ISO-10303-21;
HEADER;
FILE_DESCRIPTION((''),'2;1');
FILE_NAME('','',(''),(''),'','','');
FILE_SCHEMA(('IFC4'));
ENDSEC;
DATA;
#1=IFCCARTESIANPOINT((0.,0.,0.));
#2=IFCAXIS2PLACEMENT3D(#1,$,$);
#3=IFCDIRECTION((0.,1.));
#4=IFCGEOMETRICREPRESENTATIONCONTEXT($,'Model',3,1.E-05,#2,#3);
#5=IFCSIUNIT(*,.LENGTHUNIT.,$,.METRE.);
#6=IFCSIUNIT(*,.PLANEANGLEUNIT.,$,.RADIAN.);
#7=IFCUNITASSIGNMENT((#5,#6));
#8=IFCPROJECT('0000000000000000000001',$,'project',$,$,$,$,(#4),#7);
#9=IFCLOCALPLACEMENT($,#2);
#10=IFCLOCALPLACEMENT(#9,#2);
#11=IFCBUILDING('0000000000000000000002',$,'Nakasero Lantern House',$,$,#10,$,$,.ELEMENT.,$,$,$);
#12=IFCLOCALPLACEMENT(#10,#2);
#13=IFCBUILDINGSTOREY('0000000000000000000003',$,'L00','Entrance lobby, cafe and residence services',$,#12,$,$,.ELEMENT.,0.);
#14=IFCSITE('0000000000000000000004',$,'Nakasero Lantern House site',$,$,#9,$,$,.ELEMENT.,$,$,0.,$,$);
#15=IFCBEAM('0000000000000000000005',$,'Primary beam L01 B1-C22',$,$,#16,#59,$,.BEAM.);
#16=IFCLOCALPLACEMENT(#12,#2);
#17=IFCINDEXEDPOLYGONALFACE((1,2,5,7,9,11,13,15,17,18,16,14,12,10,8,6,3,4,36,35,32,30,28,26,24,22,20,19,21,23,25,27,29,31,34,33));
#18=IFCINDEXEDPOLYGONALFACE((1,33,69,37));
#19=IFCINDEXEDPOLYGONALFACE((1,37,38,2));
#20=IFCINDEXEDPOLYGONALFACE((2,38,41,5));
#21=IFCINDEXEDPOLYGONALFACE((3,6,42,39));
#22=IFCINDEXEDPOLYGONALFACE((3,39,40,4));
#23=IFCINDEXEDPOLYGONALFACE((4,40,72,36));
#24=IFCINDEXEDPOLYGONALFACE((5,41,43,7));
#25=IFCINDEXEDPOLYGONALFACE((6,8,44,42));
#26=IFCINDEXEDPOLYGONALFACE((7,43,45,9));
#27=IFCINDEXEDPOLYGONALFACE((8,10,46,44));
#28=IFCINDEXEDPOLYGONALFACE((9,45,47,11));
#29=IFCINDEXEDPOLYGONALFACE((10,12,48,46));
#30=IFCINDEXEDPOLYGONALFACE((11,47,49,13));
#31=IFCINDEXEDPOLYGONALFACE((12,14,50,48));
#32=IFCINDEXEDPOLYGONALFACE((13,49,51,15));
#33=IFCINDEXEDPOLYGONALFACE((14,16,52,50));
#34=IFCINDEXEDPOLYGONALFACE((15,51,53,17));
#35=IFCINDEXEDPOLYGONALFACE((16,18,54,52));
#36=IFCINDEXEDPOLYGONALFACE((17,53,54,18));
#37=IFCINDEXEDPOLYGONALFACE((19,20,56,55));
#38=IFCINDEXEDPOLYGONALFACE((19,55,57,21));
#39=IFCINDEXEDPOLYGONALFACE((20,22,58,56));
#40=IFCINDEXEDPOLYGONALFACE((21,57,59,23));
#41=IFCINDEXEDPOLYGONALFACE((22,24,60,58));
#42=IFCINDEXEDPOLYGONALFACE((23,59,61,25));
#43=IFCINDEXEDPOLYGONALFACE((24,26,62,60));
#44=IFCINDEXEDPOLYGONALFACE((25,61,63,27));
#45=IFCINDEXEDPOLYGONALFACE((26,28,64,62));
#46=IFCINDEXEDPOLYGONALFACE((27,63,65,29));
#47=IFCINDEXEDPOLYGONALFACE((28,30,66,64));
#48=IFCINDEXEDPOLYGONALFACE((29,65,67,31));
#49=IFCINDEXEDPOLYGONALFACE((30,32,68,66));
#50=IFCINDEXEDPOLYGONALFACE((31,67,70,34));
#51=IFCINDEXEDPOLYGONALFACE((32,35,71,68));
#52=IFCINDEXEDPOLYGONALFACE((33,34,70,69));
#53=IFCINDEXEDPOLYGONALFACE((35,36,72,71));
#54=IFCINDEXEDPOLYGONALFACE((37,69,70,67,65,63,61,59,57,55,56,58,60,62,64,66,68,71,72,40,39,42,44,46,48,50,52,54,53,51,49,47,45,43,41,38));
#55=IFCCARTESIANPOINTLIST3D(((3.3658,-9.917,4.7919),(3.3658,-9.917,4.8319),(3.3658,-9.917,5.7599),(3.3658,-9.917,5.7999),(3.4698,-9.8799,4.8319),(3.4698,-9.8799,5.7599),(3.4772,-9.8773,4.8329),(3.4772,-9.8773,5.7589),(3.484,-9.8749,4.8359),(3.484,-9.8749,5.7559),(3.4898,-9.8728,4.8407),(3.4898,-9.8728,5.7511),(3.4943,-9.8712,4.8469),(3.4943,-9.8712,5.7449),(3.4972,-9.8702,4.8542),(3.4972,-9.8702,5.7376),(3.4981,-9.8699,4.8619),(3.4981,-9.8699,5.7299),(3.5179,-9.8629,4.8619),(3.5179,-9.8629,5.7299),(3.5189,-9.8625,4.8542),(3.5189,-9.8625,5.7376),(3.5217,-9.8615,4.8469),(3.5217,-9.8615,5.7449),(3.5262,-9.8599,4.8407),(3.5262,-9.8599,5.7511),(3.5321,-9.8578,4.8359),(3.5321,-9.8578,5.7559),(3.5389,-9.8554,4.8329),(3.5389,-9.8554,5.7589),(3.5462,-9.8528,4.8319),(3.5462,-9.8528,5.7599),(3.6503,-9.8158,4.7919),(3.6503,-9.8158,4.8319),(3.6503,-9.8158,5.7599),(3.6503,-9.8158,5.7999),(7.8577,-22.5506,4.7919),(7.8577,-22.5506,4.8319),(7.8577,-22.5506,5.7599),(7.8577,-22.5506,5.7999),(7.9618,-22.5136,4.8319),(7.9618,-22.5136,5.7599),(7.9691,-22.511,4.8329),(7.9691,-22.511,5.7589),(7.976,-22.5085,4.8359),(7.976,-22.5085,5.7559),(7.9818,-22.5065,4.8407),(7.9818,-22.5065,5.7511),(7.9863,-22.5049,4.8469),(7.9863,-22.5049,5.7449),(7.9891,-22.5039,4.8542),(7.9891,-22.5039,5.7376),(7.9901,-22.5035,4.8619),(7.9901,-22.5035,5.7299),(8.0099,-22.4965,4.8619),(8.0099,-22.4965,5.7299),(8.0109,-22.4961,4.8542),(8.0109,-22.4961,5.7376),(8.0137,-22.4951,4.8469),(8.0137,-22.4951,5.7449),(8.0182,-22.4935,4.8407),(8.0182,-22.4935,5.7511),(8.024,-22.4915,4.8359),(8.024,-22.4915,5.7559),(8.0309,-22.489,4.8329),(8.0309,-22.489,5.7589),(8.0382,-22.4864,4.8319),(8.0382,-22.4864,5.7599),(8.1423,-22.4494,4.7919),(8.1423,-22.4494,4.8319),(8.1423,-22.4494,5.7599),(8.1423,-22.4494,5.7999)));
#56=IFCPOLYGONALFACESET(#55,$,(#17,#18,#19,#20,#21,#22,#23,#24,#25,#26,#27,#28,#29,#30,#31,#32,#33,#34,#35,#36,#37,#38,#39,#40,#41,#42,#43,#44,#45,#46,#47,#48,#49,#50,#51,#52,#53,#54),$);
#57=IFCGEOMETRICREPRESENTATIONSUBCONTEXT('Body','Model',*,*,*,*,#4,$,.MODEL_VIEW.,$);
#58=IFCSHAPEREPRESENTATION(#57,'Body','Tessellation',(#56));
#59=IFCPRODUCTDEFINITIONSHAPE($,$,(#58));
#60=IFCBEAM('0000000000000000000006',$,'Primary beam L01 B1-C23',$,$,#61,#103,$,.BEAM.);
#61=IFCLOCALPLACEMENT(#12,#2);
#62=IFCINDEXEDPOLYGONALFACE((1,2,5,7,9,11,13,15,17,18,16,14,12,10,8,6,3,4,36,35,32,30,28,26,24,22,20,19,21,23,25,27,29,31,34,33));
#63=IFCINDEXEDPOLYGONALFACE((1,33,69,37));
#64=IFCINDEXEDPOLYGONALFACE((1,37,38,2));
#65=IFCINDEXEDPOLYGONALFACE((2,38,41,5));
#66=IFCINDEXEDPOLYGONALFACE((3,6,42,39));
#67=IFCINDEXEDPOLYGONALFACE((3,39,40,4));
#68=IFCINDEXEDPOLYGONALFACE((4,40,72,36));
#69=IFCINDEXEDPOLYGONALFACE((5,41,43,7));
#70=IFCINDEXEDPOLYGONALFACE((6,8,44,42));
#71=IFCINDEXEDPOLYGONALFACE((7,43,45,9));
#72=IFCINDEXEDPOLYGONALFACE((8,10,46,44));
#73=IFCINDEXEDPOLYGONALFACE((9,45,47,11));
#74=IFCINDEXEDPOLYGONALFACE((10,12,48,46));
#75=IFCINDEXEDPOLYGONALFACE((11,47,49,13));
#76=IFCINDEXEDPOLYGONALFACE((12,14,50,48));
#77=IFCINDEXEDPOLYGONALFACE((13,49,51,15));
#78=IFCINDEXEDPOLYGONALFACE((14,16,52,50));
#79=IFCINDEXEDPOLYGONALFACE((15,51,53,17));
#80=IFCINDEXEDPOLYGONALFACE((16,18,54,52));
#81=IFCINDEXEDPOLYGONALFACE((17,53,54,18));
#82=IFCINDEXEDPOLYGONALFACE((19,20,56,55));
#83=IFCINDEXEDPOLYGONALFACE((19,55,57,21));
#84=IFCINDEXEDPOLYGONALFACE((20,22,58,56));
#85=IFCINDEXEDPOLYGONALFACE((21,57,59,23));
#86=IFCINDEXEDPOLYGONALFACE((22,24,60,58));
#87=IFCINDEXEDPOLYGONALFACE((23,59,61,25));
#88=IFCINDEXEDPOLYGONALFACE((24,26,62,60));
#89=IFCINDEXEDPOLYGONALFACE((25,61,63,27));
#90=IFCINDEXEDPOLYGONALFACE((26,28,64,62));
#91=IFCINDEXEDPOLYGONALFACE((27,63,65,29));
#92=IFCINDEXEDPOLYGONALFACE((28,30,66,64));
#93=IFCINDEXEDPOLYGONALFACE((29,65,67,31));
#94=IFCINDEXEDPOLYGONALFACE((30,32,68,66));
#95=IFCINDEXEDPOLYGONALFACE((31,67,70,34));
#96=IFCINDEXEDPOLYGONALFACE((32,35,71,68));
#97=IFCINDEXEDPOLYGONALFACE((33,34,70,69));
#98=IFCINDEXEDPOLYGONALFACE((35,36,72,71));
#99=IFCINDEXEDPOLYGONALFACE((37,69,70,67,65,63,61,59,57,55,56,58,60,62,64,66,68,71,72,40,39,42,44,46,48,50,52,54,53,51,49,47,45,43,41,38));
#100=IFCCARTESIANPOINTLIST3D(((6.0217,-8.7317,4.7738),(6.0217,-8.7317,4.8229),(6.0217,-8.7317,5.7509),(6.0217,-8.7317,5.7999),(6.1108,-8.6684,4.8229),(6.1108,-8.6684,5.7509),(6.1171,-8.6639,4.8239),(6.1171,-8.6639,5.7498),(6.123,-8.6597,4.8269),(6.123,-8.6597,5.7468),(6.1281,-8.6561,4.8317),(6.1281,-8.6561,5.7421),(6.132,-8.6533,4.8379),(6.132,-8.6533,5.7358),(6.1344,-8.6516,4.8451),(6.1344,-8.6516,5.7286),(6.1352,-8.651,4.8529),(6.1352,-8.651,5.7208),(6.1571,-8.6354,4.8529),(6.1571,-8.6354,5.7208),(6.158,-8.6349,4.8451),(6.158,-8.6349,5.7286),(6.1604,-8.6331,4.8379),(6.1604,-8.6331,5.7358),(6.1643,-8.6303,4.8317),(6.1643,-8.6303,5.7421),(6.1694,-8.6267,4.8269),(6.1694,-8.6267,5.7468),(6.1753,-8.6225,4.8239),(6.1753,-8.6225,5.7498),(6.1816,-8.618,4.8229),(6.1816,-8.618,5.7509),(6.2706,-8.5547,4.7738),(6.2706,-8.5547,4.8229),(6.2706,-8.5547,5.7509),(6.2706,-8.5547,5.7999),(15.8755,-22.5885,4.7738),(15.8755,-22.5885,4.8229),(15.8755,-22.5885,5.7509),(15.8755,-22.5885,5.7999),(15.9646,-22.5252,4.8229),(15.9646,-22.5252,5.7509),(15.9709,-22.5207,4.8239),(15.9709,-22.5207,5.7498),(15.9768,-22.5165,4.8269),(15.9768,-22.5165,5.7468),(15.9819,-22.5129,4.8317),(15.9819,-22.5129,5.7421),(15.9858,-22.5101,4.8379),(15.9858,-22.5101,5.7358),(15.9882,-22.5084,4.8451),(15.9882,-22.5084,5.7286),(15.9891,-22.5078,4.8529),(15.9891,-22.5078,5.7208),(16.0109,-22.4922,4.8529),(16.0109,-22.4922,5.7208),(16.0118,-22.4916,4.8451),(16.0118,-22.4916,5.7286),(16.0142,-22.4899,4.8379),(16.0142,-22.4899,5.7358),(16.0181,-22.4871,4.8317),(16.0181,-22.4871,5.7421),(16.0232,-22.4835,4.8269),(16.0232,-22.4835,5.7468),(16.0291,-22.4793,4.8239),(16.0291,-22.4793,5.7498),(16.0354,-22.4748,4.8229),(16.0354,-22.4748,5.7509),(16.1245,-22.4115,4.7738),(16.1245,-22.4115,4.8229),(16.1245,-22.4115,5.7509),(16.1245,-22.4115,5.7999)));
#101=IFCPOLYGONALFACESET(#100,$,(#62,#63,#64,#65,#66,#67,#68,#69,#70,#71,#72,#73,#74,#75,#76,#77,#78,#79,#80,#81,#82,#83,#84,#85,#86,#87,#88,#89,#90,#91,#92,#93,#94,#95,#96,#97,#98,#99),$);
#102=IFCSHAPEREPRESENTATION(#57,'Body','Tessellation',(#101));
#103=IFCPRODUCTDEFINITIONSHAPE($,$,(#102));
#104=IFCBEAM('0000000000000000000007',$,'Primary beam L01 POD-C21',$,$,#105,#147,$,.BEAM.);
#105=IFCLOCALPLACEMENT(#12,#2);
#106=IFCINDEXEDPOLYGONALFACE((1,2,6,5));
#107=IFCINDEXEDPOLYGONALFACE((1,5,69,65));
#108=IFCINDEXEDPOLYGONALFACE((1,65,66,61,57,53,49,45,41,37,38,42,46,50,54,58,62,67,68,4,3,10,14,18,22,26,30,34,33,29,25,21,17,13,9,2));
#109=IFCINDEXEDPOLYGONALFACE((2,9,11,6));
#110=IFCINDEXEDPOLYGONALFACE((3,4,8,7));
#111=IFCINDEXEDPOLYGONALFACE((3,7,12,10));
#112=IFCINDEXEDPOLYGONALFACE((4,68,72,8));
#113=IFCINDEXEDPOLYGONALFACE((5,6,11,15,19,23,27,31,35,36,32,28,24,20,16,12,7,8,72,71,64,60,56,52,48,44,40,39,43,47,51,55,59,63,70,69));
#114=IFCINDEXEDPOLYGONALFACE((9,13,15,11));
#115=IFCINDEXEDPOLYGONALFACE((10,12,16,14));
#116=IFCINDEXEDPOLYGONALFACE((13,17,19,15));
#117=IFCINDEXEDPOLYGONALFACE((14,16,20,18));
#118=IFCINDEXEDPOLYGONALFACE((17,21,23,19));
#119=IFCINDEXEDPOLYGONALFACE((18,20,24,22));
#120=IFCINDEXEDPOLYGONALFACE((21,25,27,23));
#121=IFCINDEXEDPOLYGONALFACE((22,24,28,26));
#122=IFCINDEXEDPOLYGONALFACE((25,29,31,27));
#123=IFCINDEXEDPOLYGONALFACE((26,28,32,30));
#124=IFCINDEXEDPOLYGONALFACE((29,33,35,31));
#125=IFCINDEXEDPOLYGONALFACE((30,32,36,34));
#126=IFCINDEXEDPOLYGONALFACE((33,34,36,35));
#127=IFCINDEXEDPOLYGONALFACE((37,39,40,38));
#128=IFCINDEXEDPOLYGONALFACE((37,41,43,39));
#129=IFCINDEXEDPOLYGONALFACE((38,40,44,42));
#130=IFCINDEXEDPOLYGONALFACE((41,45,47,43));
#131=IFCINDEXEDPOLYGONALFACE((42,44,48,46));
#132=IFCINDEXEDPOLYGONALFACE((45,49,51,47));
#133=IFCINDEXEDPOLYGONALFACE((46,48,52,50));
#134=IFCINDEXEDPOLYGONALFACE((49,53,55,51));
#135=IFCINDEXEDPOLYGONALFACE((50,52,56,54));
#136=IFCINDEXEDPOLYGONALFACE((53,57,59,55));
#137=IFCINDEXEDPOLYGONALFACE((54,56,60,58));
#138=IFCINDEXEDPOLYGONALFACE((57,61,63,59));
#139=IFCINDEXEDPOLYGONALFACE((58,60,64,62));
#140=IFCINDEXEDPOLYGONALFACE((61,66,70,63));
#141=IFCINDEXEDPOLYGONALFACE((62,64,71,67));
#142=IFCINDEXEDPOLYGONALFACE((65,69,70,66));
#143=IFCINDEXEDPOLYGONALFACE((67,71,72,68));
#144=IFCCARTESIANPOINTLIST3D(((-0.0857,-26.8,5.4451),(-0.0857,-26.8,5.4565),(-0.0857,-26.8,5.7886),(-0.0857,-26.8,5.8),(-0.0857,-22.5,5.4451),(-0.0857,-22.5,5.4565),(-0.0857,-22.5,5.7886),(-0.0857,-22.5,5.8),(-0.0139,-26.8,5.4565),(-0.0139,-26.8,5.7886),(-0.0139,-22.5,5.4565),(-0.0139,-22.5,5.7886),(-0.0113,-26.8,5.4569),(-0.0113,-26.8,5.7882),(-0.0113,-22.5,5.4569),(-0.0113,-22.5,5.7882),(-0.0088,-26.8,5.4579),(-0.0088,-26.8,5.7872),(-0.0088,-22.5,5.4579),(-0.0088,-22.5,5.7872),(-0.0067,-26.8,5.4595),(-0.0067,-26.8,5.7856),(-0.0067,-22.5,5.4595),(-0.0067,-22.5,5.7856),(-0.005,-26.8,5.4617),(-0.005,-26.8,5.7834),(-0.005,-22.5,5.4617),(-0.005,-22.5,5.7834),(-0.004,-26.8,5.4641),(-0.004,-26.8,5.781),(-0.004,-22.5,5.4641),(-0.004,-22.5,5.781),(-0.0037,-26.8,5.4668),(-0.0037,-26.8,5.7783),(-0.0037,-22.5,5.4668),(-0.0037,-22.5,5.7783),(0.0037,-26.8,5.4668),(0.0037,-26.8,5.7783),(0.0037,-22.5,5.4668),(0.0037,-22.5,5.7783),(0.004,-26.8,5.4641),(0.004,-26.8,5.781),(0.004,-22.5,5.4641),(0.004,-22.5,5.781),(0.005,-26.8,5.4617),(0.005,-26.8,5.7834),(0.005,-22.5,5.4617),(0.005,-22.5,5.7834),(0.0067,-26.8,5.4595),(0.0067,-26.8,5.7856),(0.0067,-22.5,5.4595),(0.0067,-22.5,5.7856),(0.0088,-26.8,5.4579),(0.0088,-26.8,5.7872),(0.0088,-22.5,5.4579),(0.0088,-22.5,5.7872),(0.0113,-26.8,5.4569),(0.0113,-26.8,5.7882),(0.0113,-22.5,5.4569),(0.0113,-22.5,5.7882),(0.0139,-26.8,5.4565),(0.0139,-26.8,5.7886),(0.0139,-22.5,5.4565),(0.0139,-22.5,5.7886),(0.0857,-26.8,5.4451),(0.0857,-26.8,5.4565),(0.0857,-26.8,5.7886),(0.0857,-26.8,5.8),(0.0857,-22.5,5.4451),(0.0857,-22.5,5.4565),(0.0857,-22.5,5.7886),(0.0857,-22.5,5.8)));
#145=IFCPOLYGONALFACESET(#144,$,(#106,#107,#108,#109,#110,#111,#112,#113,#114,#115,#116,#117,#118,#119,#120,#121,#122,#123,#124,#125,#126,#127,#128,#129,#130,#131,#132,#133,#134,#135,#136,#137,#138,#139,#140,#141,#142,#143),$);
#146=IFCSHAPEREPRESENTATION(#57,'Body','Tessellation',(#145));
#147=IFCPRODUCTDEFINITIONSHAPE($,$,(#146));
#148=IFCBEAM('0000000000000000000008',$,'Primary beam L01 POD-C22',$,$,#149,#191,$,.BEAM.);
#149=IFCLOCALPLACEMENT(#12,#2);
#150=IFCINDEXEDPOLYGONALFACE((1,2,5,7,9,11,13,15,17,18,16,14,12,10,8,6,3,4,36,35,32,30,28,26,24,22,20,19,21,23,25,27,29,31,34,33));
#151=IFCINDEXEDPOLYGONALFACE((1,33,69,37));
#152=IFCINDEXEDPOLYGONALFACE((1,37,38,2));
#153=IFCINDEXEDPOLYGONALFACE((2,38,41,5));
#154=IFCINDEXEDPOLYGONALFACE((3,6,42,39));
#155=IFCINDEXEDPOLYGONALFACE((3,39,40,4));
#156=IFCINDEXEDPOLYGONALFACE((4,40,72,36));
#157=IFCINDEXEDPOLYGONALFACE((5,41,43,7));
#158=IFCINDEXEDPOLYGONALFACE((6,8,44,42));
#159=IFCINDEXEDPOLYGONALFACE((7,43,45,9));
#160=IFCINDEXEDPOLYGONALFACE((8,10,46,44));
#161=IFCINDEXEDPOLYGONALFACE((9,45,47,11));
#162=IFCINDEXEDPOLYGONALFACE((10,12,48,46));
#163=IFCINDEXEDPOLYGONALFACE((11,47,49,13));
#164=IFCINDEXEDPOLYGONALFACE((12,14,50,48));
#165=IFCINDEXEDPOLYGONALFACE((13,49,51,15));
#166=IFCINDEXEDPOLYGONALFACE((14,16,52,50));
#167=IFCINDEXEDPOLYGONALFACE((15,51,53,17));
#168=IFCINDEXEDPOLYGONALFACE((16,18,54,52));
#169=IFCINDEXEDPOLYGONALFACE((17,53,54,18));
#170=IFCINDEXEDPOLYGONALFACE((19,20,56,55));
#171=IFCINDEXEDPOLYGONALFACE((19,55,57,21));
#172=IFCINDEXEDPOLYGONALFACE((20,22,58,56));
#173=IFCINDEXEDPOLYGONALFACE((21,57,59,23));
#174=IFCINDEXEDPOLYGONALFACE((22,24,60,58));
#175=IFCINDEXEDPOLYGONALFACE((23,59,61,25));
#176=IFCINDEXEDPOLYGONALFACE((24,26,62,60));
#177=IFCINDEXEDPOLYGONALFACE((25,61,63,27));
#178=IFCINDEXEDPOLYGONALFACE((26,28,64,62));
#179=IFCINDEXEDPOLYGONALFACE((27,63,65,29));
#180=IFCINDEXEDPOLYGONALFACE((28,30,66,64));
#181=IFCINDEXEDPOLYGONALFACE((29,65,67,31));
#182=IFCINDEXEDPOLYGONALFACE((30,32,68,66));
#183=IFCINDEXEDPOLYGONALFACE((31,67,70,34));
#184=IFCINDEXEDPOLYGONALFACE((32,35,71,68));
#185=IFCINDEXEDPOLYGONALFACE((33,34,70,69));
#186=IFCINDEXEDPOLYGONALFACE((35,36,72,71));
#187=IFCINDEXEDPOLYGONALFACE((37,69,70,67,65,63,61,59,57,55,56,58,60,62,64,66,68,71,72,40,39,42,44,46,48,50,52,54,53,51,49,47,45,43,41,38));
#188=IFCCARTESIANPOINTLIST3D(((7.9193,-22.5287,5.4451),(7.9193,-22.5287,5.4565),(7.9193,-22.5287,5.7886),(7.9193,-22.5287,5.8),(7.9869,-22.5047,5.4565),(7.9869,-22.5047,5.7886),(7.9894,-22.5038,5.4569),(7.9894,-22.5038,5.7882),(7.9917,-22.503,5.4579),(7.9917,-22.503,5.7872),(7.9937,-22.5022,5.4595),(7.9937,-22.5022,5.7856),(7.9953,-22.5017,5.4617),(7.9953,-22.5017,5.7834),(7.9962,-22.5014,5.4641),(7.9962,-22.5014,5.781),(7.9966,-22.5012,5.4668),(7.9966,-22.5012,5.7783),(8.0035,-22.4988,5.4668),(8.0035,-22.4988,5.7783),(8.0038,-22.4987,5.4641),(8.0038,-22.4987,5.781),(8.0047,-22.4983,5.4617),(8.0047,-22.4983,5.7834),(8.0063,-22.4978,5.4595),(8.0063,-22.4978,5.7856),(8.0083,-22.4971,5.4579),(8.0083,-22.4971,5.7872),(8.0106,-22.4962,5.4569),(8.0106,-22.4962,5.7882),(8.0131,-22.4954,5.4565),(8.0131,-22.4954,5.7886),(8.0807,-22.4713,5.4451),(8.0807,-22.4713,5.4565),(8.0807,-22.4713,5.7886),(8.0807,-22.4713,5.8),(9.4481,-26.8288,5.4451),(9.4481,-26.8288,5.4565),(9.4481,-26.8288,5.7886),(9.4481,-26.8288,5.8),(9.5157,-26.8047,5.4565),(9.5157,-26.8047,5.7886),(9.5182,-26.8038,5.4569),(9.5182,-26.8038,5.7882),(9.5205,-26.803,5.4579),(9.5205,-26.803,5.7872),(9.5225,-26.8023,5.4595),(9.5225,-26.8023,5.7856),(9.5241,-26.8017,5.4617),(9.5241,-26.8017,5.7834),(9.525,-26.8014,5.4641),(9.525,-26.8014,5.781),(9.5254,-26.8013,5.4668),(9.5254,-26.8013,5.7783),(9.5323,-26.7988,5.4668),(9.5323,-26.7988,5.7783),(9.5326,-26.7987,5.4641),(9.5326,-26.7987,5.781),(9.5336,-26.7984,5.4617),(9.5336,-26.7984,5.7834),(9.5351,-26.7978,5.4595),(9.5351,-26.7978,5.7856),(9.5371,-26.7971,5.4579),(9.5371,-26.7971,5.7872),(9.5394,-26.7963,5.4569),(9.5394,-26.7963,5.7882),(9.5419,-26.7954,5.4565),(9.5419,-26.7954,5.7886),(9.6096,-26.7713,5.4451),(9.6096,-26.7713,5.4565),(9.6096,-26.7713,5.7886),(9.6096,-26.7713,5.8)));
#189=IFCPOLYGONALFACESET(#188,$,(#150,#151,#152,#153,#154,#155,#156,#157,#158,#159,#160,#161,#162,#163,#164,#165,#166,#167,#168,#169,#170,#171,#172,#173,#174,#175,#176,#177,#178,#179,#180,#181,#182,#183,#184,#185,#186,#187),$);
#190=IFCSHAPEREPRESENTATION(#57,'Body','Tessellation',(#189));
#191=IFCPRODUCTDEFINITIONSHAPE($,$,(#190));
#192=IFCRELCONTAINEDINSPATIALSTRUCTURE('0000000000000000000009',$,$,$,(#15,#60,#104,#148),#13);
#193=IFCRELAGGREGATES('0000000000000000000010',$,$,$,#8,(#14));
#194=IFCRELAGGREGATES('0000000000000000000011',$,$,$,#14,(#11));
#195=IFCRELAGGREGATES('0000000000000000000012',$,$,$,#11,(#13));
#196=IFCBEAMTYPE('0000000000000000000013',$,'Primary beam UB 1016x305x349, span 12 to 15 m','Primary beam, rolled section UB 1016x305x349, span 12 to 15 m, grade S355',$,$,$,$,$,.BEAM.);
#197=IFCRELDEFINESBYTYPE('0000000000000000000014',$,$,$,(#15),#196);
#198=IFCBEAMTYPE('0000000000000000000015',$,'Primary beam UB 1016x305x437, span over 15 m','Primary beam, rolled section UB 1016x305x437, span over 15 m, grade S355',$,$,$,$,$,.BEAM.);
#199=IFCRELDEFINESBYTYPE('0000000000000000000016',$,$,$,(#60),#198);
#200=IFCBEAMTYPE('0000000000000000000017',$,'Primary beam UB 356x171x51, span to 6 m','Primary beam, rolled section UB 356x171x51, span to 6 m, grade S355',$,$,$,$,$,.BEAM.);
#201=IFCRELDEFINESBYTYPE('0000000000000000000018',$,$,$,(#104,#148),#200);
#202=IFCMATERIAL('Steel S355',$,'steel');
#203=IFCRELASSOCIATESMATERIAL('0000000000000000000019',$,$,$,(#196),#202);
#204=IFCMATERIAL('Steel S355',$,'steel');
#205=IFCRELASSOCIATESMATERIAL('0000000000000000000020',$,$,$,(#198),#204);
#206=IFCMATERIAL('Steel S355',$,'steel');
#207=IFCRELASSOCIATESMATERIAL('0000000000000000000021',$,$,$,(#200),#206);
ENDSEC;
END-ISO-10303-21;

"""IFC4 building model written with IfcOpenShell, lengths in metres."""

from ifc_helpers import new_model, si_unit, direction, frame, origin, origin_2d, place, context, subcontext, project, spatial, i_section, extrude, material, material_profile, profile_set, type_object, element, save


model = new_model("IFC4")

# Units and contexts
model_context = context("Model", 3, precision=1e-05, world=origin(), true_north=direction((0.0, 1.0)))
body_context = subcontext(model_context, "Body", "Model", "MODEL_VIEW")
ifc_project = project(units=[si_unit("LENGTHUNIT", "METRE"), si_unit("PLANEANGLEUNIT", "RADIAN")], contexts=[model_context])

# Site, building, storey
site_placement = place(None, origin())
site = spatial("IfcSite", under=ifc_project, at=site_placement, Name="Nakasero Lantern House site", CompositionType="ELEMENT", RefElevation=0.0)
building_placement = place(site_placement, origin())
building = spatial("IfcBuilding", under=site, at=building_placement, Name="Nakasero Lantern House", CompositionType="ELEMENT")
storey_placement = place(building_placement, origin())
storey = spatial("IfcBuildingStorey", under=building, at=storey_placement, Name="L00", Description="Entrance lobby, cafe and residence services", CompositionType="ELEMENT", Elevation=0.0)

# Beams
ifc_material_1 = material(Name="Steel S355", Category="steel")
ifc_material_profile_1 = material_profile(ifc_material_1, i_section(OverallWidth=0.302, OverallDepth=1.0081, WebThickness=0.021, FlangeThickness=0.04, FilletRadius=0.03, at=origin_2d()), Name="UB 1016x305x349")
ifc_profile_set_1 = profile_set([ifc_material_profile_1], Name="Steel S355")
beam_type_1 = type_object("IfcBeamType", Name="Primary beam UB 1016x305x349, span 12 to 15 m", Description="Primary beam, rolled section UB 1016x305x349, span 12 to 15 m, grade S355", PredefinedType="BEAM", material=ifc_profile_set_1)
beam_1_placement = place(storey_placement, frame((8.0, -22.5, 5.2959), z_axis=(-0.335011, 0.942214, 0.0), x_axis=(-0.942214, -0.335011, 0.0)))
element("IfcBeam", 1, at=beam_1_placement, inside=storey, type_object=beam_type_1, Name="Primary beam L01 B1-C22", PredefinedType="BEAM", context=body_context, shape_type="SweptSolid", body=[
    extrude(i_section(OverallWidth=0.302, OverallDepth=1.0081, WebThickness=0.021, FlangeThickness=0.04, FilletRadius=0.03, at=origin_2d()), origin(), (0.0, 0.0, 1.0), 13.4084),
])
ifc_material_2 = material(Name="Steel S355", Category="steel")
ifc_material_profile_2 = material_profile(ifc_material_2, i_section(OverallWidth=0.3054, OverallDepth=1.0261, WebThickness=0.0269, FlangeThickness=0.0491, FilletRadius=0.03, at=origin_2d()), Name="UB 1016x305x437")
ifc_profile_set_2 = profile_set([ifc_material_profile_2], Name="Steel S355")
beam_type_2 = type_object("IfcBeamType", Name="Primary beam UB 1016x305x437, span over 15 m", Description="Primary beam, rolled section UB 1016x305x437, span over 15 m, grade S355", PredefinedType="BEAM", material=ifc_profile_set_2)
beam_2_placement = place(storey_placement, frame((16.0, -22.5, 5.2869), z_axis=(-0.579528, 0.814952, 0.0), x_axis=(-0.814952, -0.579528, 0.0)))
element("IfcBeam", 2, at=beam_2_placement, inside=storey, type_object=beam_type_2, Name="Primary beam L01 B1-C23", PredefinedType="BEAM", context=body_context, shape_type="SweptSolid", body=[
    extrude(i_section(OverallWidth=0.3054, OverallDepth=1.0261, WebThickness=0.0269, FlangeThickness=0.0491, FilletRadius=0.03, at=origin_2d()), origin(), (0.0, 0.0, 1.0), 17.0032),
])
ifc_material_3 = material(Name="Steel S355", Category="steel")
ifc_material_profile_3 = material_profile(ifc_material_3, i_section(OverallWidth=0.1714, OverallDepth=0.355, WebThickness=0.0073, FlangeThickness=0.0115, FilletRadius=0.0103, at=origin_2d()), Name="UB 356x171x51")
ifc_profile_set_3 = profile_set([ifc_material_profile_3], Name="Steel S355")
beam_type_3 = type_object("IfcBeamType", Name="Primary beam UB 356x171x51, span to 6 m", Description="Primary beam, rolled section UB 356x171x51, span to 6 m, grade S355", PredefinedType="BEAM", material=ifc_profile_set_3)
beam_3_placement = place(storey_placement, frame((0.0, -26.8, 5.6226), z_axis=(0.0, 1.0, 0.0), x_axis=(-1.0, 0.0, 0.0)))
element("IfcBeam", 3, at=beam_3_placement, inside=storey, type_object=beam_type_3, Name="Primary beam L01 POD-C21", PredefinedType="BEAM", context=body_context, shape_type="SweptSolid", body=[
    extrude(i_section(OverallWidth=0.1714, OverallDepth=0.355, WebThickness=0.0073, FlangeThickness=0.0115, FilletRadius=0.0103, at=origin_2d()), origin(), (0.0, 0.0, 1.0), 4.3),
])
beam_4_placement = place(storey_placement, frame((9.5288, -26.8, 5.6226), z_axis=(-0.334991, 0.942221, 0.0), x_axis=(-0.942221, -0.334991, 0.0)))
element("IfcBeam", 4, at=beam_4_placement, inside=storey, type_object=beam_type_3, Name="Primary beam L01 POD-C22", PredefinedType="BEAM", context=body_context, shape_type="SweptSolid", body=[
    extrude(i_section(OverallWidth=0.1714, OverallDepth=0.355, WebThickness=0.0073, FlangeThickness=0.0115, FilletRadius=0.0103, at=origin_2d()), origin(), (0.0, 0.0, 1.0), 4.5637),
])

save(model, "model.ifc")
